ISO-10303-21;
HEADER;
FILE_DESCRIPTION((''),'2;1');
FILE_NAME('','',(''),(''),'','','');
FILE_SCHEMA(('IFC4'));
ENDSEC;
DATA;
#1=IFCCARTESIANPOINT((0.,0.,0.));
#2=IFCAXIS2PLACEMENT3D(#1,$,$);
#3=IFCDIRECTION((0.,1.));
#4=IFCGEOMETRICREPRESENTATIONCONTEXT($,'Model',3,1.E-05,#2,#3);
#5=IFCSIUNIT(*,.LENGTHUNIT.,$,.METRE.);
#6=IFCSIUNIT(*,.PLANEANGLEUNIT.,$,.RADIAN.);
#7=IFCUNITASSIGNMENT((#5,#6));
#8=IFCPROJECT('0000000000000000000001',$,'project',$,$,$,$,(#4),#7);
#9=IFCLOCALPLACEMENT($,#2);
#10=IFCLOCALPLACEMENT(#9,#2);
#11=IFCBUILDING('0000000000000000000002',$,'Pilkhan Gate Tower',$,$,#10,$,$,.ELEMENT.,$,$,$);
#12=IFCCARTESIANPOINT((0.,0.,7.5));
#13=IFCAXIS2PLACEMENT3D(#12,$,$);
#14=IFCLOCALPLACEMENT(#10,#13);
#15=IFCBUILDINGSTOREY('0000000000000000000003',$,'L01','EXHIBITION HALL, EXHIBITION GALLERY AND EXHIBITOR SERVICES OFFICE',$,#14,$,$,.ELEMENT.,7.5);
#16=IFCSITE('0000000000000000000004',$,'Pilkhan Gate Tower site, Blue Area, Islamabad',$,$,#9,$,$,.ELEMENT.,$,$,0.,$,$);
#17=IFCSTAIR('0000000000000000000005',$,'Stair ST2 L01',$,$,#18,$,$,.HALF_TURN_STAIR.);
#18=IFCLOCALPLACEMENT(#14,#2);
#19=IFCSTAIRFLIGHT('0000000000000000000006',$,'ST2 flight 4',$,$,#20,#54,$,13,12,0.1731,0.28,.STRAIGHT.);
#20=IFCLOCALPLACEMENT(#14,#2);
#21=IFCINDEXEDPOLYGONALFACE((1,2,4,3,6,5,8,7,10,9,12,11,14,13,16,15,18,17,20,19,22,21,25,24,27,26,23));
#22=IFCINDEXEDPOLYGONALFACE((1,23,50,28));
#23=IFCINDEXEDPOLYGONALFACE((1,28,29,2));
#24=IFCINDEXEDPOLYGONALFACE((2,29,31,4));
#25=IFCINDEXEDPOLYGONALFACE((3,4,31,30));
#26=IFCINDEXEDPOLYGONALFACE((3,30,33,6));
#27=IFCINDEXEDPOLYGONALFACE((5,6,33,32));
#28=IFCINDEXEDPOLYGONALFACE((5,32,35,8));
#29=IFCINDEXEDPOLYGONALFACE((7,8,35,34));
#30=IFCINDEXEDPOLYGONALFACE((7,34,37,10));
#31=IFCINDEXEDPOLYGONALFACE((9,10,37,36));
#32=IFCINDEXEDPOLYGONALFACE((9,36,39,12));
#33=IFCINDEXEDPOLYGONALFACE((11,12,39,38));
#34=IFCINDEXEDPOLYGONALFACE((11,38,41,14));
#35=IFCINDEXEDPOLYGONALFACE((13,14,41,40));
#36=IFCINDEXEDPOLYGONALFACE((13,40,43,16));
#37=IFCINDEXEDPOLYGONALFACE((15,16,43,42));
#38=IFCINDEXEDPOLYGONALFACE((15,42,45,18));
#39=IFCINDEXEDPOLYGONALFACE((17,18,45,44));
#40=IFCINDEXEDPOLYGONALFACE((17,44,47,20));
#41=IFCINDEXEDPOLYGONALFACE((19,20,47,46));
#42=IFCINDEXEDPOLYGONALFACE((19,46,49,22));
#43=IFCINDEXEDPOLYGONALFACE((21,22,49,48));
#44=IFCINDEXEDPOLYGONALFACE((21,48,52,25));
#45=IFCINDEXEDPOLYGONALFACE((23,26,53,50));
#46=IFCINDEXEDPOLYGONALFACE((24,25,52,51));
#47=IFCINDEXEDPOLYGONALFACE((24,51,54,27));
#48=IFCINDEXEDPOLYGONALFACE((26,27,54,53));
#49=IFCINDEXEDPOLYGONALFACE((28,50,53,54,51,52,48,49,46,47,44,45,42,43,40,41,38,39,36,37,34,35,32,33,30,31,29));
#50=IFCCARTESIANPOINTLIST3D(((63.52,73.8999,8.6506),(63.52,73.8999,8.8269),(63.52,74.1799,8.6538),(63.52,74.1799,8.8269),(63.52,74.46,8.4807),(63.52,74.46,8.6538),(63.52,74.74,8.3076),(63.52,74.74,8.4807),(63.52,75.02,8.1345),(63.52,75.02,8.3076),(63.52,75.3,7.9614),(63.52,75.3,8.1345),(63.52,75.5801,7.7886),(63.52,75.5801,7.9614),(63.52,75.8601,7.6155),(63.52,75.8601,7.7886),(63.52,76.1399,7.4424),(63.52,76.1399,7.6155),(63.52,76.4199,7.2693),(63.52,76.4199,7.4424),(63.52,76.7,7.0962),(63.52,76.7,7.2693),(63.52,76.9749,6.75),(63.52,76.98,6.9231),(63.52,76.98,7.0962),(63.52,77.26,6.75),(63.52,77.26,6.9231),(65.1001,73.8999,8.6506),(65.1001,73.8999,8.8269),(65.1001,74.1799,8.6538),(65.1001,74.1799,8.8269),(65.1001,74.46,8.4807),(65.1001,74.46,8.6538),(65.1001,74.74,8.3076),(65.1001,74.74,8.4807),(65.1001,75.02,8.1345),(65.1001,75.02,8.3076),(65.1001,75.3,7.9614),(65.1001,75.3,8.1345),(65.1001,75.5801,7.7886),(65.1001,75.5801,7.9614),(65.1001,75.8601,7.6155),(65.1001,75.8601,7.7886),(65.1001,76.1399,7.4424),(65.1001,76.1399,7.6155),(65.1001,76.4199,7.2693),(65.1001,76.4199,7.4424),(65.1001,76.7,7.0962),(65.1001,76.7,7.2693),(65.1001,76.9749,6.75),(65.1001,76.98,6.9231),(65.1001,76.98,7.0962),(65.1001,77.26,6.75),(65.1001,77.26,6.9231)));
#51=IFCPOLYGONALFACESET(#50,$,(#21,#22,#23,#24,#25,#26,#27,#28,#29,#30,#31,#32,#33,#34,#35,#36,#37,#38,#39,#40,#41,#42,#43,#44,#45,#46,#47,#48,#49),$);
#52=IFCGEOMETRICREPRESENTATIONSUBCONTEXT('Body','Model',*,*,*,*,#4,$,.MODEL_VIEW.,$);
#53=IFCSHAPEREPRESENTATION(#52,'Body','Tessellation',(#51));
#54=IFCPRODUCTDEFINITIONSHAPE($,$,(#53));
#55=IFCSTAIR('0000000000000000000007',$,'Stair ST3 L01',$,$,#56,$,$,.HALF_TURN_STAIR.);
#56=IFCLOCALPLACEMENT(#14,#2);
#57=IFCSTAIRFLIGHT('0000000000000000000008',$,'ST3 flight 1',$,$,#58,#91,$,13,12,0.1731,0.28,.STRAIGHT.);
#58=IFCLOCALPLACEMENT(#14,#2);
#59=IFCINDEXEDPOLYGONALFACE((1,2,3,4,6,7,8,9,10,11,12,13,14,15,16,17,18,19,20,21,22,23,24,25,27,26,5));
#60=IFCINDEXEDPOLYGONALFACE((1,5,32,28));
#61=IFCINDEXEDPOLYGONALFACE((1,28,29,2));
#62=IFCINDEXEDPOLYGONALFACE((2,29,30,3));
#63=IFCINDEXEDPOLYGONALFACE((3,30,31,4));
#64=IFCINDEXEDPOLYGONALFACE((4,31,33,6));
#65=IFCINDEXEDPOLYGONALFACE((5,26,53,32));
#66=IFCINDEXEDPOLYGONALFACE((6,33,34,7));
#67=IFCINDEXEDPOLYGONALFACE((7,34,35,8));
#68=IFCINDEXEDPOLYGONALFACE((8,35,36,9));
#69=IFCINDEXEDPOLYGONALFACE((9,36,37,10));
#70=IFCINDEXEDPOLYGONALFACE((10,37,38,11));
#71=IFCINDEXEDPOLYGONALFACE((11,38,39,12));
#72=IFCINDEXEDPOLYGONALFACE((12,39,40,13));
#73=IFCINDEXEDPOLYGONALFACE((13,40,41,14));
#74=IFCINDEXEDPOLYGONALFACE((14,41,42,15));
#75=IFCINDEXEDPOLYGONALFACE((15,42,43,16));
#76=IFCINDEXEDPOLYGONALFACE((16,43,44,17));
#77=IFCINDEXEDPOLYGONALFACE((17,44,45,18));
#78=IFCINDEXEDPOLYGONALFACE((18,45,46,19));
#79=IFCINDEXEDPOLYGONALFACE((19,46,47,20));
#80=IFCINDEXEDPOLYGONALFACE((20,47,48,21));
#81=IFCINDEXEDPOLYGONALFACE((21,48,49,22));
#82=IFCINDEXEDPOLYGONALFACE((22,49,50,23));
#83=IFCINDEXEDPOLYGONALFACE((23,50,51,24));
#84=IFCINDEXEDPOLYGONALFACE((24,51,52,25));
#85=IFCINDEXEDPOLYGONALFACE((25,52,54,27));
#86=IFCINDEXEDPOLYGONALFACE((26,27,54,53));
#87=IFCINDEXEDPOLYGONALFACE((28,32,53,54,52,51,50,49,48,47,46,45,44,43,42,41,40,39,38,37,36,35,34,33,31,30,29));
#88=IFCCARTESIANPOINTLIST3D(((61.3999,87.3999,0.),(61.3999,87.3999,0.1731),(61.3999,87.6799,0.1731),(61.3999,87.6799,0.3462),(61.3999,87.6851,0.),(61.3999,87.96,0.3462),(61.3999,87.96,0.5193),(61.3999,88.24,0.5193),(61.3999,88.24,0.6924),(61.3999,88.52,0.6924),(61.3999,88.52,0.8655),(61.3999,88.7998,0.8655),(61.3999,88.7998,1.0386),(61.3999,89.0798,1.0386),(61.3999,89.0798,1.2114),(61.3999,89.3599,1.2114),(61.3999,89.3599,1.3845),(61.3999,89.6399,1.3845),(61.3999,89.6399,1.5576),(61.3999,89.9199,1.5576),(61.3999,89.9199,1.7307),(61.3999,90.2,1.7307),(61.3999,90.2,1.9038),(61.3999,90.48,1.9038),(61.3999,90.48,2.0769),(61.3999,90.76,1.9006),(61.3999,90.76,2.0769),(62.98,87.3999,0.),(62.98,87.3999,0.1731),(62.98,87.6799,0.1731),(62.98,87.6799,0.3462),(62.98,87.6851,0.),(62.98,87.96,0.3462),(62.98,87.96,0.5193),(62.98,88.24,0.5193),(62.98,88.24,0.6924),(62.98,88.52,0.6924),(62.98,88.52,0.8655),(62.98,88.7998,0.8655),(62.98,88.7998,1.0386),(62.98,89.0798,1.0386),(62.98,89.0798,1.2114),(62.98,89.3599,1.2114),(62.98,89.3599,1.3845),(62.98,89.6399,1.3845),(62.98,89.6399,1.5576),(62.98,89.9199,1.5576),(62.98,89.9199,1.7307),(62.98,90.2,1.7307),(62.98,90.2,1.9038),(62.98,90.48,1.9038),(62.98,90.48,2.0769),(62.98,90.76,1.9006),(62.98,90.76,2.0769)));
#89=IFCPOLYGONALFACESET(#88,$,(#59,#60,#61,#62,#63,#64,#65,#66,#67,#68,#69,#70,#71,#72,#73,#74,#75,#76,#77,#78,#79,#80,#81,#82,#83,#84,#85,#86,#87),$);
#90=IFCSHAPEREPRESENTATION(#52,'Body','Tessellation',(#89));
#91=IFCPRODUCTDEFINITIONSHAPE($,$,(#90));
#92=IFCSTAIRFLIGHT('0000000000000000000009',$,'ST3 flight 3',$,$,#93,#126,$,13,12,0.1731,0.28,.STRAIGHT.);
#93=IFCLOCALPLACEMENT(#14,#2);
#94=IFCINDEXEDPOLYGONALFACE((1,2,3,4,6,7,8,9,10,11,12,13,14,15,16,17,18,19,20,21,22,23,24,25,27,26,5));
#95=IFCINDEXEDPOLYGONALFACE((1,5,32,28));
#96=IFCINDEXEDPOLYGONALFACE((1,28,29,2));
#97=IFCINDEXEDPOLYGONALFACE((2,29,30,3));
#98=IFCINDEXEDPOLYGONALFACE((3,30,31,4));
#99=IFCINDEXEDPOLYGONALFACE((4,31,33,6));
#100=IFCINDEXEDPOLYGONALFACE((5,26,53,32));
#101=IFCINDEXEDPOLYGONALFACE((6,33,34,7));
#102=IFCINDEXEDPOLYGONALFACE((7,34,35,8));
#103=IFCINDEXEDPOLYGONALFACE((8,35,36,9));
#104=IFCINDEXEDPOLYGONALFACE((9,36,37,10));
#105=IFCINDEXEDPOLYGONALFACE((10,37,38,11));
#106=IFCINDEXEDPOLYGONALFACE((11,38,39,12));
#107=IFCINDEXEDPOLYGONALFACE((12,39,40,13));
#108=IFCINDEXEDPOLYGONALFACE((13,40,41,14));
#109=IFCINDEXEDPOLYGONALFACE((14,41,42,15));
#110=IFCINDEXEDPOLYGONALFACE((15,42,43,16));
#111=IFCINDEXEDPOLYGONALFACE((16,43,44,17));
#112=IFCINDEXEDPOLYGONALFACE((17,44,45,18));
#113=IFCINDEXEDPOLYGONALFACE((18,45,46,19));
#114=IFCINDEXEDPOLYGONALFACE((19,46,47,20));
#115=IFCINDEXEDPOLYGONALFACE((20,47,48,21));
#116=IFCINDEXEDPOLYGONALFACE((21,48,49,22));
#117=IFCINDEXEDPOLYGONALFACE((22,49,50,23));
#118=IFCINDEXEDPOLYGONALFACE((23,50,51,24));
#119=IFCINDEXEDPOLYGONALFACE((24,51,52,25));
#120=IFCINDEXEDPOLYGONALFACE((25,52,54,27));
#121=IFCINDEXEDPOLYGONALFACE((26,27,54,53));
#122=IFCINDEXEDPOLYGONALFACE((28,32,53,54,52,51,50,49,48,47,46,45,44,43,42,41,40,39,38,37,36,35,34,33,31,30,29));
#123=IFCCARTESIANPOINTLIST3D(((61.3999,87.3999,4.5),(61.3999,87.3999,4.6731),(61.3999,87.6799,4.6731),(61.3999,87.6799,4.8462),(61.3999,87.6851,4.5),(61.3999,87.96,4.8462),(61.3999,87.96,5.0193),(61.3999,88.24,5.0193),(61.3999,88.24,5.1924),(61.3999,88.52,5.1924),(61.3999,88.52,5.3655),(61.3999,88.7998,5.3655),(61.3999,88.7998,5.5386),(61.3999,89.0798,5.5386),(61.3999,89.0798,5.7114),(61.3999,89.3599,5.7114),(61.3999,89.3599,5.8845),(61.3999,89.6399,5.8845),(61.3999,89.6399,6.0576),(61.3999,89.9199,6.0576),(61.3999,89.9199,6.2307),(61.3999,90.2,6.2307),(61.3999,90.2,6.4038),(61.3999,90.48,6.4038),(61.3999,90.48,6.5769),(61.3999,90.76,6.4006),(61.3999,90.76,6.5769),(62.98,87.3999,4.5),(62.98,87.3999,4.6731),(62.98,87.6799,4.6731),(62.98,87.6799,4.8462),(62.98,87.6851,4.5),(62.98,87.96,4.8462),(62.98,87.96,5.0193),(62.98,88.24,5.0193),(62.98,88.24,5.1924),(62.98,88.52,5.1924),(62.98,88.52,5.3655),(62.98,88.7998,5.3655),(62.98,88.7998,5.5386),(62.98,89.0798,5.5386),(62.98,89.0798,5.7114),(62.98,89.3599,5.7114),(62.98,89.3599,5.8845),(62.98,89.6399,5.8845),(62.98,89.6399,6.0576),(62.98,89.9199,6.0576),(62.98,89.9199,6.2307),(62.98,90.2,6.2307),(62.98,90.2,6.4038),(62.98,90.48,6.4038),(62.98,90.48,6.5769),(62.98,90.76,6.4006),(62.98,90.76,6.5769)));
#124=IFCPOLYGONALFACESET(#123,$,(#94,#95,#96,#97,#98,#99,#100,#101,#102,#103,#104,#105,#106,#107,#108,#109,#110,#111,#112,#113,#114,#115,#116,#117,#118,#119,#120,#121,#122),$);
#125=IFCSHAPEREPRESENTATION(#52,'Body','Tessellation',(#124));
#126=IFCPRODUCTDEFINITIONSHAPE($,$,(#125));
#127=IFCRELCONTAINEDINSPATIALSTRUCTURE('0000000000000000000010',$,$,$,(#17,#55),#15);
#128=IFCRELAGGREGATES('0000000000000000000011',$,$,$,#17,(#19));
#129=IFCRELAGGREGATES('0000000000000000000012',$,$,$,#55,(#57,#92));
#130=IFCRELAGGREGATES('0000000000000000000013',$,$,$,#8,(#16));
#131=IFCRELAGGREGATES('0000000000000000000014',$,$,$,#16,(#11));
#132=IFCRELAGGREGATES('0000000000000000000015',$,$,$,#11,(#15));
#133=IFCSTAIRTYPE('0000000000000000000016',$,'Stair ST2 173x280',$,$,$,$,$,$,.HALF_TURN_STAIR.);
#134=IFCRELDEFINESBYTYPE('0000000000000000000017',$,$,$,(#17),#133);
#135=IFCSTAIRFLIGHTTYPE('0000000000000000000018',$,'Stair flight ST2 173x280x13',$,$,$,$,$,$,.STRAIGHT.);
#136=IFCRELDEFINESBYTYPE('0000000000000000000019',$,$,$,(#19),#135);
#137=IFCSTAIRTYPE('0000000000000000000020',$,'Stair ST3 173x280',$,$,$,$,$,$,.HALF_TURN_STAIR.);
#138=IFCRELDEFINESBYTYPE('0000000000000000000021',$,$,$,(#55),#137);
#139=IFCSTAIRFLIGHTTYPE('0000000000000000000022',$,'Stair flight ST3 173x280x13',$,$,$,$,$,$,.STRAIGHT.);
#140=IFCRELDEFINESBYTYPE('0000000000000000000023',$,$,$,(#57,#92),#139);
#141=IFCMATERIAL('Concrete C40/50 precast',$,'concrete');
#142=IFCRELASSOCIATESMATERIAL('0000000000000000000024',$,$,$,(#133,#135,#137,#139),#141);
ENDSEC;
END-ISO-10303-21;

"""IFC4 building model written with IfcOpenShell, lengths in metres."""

from ifc_helpers import new_model, si_unit, direction, frame, origin, place, context, subcontext, project, spatial, polyline, outline, extrude, material, type_object, element, aggregate, save


model = new_model("IFC4")

# Units and contexts
model_context = context("Model", 3, precision=1e-05, world=origin(), true_north=direction((0.0, 1.0)))
body_context = subcontext(model_context, "Body", "Model", "MODEL_VIEW")
ifc_project = project(units=[si_unit("LENGTHUNIT", "METRE"), si_unit("PLANEANGLEUNIT", "RADIAN")], contexts=[model_context])

# Site, building, storey
site_placement = place(None, origin())
site = spatial("IfcSite", under=ifc_project, at=site_placement, Name="Pilkhan Gate Tower site, Blue Area, Islamabad", CompositionType="ELEMENT", RefElevation=0.0)
building_placement = place(site_placement, origin())
building = spatial("IfcBuilding", under=site, at=building_placement, Name="Pilkhan Gate Tower", CompositionType="ELEMENT")
storey_placement = place(building_placement, frame((0.0, 0.0, 7.5)))
storey = spatial("IfcBuildingStorey", under=building, at=storey_placement, Name="L01", Description="EXHIBITION HALL, EXHIBITION GALLERY AND EXHIBITOR SERVICES OFFICE", CompositionType="ELEMENT", Elevation=7.5)

# Stairs, stair flights
ifc_material_1 = material(Name="Concrete C40/50 precast", Category="concrete")
stair_type_1 = type_object("IfcStairType", Name="Stair ST2 173x280", PredefinedType="HALF_TURN_STAIR", material=ifc_material_1)
stair_1_placement = place(storey_placement, origin())
stair_1 = element("IfcStair", 1, at=stair_1_placement, inside=storey, type_object=stair_type_1, Name="Stair ST2 L01", PredefinedType="HALF_TURN_STAIR")
stair_flight_type_1 = type_object("IfcStairFlightType", Name="Stair flight ST2 173x280x13", PredefinedType="STRAIGHT", material=ifc_material_1)
stair_flight_1_placement = place(storey_placement, frame((64.3101, 77.26, 6.75), z_axis=(0.0, 0.0, 1.0), x_axis=(0.0, -1.0, 0.0)))
stair_flight_1 = element("IfcStairFlight", 2, at=stair_flight_1_placement, type_object=stair_flight_type_1, Name="ST2 flight 4", NumberOfRisers=13, NumberOfTreads=12, PredefinedType="STRAIGHT", RiserHeight=0.1731, TreadLength=0.28, context=body_context, shape_type="SweptSolid", body=[
    extrude(outline(polyline([(0.0, 0.0), (0.0, 0.1731), (0.28, 0.1731), (0.28, 0.3462), (0.5601, 0.3462), (0.5601, 0.5193), (0.8401, 0.5193), (0.8401, 0.6924), (1.1201, 0.6924), (1.1201, 0.8655), (1.3999, 0.8655), (1.3999, 1.0386), (1.6799, 1.0386), (1.6799, 1.2114), (1.96, 1.2114), (1.96, 1.3845), (2.24, 1.3845), (2.24, 1.5576), (2.52, 1.5576), (2.52, 1.7307), (2.8, 1.7307), (2.8, 1.9038), (3.0801, 1.9038), (3.0801, 2.0769), (3.3601, 2.0769), (3.3601, 2.25), (3.3601, 1.9006), (0.2852, 0.0), (0.0, 0.0)])), frame((0.0, 0.79, 0.0), z_axis=(0.0, -1.0, 0.0), x_axis=(1.0, 0.0, 0.0)), (0.0, 0.0, 1.0), 1.5801),
])
aggregate(stair_1, [stair_flight_1])
stair_type_2 = type_object("IfcStairType", Name="Stair ST3 173x280", PredefinedType="HALF_TURN_STAIR", material=ifc_material_1)
stair_2_placement = place(storey_placement, origin())
stair_2 = element("IfcStair", 3, at=stair_2_placement, inside=storey, type_object=stair_type_2, Name="Stair ST3 L01", PredefinedType="HALF_TURN_STAIR")
stair_flight_type_2 = type_object("IfcStairFlightType", Name="Stair flight ST3 173x280x13", PredefinedType="STRAIGHT", material=ifc_material_1)
stair_flight_2_placement = place(storey_placement, frame((62.1899, 87.3999, 0.0), z_axis=(0.0, 0.0, 1.0), x_axis=(0.0, 1.0, 0.0)))
stair_flight_2 = element("IfcStairFlight", 4, at=stair_flight_2_placement, type_object=stair_flight_type_2, Name="ST3 flight 1", NumberOfRisers=13, NumberOfTreads=12, PredefinedType="STRAIGHT", RiserHeight=0.1731, TreadLength=0.28, context=body_context, shape_type="SweptSolid", body=[
    extrude(outline(polyline([(0.0, 0.0), (0.0, 0.1731), (0.28, 0.1731), (0.28, 0.3462), (0.5601, 0.3462), (0.5601, 0.5193), (0.8401, 0.5193), (0.8401, 0.6924), (1.1201, 0.6924), (1.1201, 0.8655), (1.3999, 0.8655), (1.3999, 1.0386), (1.6799, 1.0386), (1.6799, 1.2114), (1.96, 1.2114), (1.96, 1.3845), (2.24, 1.3845), (2.24, 1.5576), (2.52, 1.5576), (2.52, 1.7307), (2.8, 1.7307), (2.8, 1.9038), (3.0801, 1.9038), (3.0801, 2.0769), (3.3601, 2.0769), (3.3601, 2.25), (3.3601, 1.9006), (0.2852, 0.0), (0.0, 0.0)])), frame((0.0, 0.79, 0.0), z_axis=(0.0, -1.0, 0.0), x_axis=(1.0, 0.0, 0.0)), (0.0, 0.0, 1.0), 1.5801),
])
stair_flight_3_placement = place(storey_placement, frame((62.1899, 87.3999, 4.5), z_axis=(0.0, 0.0, 1.0), x_axis=(0.0, 1.0, 0.0)))
stair_flight_3 = element("IfcStairFlight", 5, at=stair_flight_3_placement, type_object=stair_flight_type_2, Name="ST3 flight 3", NumberOfRisers=13, NumberOfTreads=12, PredefinedType="STRAIGHT", RiserHeight=0.1731, TreadLength=0.28, context=body_context, shape_type="SweptSolid", body=[
    extrude(outline(polyline([(0.0, 0.0), (0.0, 0.1731), (0.28, 0.1731), (0.28, 0.3462), (0.5601, 0.3462), (0.5601, 0.5193), (0.8401, 0.5193), (0.8401, 0.6924), (1.1201, 0.6924), (1.1201, 0.8655), (1.3999, 0.8655), (1.3999, 1.0386), (1.6799, 1.0386), (1.6799, 1.2114), (1.96, 1.2114), (1.96, 1.3845), (2.24, 1.3845), (2.24, 1.5576), (2.52, 1.5576), (2.52, 1.7307), (2.8, 1.7307), (2.8, 1.9038), (3.0801, 1.9038), (3.0801, 2.0769), (3.3601, 2.0769), (3.3601, 2.25), (3.3601, 1.9006), (0.2852, 0.0), (0.0, 0.0)])), frame((0.0, 0.79, 0.0), z_axis=(0.0, -1.0, 0.0), x_axis=(1.0, 0.0, 0.0)), (0.0, 0.0, 1.0), 1.5801),
])
aggregate(stair_2, [stair_flight_2, stair_flight_3])

save(model, "model.ifc")
